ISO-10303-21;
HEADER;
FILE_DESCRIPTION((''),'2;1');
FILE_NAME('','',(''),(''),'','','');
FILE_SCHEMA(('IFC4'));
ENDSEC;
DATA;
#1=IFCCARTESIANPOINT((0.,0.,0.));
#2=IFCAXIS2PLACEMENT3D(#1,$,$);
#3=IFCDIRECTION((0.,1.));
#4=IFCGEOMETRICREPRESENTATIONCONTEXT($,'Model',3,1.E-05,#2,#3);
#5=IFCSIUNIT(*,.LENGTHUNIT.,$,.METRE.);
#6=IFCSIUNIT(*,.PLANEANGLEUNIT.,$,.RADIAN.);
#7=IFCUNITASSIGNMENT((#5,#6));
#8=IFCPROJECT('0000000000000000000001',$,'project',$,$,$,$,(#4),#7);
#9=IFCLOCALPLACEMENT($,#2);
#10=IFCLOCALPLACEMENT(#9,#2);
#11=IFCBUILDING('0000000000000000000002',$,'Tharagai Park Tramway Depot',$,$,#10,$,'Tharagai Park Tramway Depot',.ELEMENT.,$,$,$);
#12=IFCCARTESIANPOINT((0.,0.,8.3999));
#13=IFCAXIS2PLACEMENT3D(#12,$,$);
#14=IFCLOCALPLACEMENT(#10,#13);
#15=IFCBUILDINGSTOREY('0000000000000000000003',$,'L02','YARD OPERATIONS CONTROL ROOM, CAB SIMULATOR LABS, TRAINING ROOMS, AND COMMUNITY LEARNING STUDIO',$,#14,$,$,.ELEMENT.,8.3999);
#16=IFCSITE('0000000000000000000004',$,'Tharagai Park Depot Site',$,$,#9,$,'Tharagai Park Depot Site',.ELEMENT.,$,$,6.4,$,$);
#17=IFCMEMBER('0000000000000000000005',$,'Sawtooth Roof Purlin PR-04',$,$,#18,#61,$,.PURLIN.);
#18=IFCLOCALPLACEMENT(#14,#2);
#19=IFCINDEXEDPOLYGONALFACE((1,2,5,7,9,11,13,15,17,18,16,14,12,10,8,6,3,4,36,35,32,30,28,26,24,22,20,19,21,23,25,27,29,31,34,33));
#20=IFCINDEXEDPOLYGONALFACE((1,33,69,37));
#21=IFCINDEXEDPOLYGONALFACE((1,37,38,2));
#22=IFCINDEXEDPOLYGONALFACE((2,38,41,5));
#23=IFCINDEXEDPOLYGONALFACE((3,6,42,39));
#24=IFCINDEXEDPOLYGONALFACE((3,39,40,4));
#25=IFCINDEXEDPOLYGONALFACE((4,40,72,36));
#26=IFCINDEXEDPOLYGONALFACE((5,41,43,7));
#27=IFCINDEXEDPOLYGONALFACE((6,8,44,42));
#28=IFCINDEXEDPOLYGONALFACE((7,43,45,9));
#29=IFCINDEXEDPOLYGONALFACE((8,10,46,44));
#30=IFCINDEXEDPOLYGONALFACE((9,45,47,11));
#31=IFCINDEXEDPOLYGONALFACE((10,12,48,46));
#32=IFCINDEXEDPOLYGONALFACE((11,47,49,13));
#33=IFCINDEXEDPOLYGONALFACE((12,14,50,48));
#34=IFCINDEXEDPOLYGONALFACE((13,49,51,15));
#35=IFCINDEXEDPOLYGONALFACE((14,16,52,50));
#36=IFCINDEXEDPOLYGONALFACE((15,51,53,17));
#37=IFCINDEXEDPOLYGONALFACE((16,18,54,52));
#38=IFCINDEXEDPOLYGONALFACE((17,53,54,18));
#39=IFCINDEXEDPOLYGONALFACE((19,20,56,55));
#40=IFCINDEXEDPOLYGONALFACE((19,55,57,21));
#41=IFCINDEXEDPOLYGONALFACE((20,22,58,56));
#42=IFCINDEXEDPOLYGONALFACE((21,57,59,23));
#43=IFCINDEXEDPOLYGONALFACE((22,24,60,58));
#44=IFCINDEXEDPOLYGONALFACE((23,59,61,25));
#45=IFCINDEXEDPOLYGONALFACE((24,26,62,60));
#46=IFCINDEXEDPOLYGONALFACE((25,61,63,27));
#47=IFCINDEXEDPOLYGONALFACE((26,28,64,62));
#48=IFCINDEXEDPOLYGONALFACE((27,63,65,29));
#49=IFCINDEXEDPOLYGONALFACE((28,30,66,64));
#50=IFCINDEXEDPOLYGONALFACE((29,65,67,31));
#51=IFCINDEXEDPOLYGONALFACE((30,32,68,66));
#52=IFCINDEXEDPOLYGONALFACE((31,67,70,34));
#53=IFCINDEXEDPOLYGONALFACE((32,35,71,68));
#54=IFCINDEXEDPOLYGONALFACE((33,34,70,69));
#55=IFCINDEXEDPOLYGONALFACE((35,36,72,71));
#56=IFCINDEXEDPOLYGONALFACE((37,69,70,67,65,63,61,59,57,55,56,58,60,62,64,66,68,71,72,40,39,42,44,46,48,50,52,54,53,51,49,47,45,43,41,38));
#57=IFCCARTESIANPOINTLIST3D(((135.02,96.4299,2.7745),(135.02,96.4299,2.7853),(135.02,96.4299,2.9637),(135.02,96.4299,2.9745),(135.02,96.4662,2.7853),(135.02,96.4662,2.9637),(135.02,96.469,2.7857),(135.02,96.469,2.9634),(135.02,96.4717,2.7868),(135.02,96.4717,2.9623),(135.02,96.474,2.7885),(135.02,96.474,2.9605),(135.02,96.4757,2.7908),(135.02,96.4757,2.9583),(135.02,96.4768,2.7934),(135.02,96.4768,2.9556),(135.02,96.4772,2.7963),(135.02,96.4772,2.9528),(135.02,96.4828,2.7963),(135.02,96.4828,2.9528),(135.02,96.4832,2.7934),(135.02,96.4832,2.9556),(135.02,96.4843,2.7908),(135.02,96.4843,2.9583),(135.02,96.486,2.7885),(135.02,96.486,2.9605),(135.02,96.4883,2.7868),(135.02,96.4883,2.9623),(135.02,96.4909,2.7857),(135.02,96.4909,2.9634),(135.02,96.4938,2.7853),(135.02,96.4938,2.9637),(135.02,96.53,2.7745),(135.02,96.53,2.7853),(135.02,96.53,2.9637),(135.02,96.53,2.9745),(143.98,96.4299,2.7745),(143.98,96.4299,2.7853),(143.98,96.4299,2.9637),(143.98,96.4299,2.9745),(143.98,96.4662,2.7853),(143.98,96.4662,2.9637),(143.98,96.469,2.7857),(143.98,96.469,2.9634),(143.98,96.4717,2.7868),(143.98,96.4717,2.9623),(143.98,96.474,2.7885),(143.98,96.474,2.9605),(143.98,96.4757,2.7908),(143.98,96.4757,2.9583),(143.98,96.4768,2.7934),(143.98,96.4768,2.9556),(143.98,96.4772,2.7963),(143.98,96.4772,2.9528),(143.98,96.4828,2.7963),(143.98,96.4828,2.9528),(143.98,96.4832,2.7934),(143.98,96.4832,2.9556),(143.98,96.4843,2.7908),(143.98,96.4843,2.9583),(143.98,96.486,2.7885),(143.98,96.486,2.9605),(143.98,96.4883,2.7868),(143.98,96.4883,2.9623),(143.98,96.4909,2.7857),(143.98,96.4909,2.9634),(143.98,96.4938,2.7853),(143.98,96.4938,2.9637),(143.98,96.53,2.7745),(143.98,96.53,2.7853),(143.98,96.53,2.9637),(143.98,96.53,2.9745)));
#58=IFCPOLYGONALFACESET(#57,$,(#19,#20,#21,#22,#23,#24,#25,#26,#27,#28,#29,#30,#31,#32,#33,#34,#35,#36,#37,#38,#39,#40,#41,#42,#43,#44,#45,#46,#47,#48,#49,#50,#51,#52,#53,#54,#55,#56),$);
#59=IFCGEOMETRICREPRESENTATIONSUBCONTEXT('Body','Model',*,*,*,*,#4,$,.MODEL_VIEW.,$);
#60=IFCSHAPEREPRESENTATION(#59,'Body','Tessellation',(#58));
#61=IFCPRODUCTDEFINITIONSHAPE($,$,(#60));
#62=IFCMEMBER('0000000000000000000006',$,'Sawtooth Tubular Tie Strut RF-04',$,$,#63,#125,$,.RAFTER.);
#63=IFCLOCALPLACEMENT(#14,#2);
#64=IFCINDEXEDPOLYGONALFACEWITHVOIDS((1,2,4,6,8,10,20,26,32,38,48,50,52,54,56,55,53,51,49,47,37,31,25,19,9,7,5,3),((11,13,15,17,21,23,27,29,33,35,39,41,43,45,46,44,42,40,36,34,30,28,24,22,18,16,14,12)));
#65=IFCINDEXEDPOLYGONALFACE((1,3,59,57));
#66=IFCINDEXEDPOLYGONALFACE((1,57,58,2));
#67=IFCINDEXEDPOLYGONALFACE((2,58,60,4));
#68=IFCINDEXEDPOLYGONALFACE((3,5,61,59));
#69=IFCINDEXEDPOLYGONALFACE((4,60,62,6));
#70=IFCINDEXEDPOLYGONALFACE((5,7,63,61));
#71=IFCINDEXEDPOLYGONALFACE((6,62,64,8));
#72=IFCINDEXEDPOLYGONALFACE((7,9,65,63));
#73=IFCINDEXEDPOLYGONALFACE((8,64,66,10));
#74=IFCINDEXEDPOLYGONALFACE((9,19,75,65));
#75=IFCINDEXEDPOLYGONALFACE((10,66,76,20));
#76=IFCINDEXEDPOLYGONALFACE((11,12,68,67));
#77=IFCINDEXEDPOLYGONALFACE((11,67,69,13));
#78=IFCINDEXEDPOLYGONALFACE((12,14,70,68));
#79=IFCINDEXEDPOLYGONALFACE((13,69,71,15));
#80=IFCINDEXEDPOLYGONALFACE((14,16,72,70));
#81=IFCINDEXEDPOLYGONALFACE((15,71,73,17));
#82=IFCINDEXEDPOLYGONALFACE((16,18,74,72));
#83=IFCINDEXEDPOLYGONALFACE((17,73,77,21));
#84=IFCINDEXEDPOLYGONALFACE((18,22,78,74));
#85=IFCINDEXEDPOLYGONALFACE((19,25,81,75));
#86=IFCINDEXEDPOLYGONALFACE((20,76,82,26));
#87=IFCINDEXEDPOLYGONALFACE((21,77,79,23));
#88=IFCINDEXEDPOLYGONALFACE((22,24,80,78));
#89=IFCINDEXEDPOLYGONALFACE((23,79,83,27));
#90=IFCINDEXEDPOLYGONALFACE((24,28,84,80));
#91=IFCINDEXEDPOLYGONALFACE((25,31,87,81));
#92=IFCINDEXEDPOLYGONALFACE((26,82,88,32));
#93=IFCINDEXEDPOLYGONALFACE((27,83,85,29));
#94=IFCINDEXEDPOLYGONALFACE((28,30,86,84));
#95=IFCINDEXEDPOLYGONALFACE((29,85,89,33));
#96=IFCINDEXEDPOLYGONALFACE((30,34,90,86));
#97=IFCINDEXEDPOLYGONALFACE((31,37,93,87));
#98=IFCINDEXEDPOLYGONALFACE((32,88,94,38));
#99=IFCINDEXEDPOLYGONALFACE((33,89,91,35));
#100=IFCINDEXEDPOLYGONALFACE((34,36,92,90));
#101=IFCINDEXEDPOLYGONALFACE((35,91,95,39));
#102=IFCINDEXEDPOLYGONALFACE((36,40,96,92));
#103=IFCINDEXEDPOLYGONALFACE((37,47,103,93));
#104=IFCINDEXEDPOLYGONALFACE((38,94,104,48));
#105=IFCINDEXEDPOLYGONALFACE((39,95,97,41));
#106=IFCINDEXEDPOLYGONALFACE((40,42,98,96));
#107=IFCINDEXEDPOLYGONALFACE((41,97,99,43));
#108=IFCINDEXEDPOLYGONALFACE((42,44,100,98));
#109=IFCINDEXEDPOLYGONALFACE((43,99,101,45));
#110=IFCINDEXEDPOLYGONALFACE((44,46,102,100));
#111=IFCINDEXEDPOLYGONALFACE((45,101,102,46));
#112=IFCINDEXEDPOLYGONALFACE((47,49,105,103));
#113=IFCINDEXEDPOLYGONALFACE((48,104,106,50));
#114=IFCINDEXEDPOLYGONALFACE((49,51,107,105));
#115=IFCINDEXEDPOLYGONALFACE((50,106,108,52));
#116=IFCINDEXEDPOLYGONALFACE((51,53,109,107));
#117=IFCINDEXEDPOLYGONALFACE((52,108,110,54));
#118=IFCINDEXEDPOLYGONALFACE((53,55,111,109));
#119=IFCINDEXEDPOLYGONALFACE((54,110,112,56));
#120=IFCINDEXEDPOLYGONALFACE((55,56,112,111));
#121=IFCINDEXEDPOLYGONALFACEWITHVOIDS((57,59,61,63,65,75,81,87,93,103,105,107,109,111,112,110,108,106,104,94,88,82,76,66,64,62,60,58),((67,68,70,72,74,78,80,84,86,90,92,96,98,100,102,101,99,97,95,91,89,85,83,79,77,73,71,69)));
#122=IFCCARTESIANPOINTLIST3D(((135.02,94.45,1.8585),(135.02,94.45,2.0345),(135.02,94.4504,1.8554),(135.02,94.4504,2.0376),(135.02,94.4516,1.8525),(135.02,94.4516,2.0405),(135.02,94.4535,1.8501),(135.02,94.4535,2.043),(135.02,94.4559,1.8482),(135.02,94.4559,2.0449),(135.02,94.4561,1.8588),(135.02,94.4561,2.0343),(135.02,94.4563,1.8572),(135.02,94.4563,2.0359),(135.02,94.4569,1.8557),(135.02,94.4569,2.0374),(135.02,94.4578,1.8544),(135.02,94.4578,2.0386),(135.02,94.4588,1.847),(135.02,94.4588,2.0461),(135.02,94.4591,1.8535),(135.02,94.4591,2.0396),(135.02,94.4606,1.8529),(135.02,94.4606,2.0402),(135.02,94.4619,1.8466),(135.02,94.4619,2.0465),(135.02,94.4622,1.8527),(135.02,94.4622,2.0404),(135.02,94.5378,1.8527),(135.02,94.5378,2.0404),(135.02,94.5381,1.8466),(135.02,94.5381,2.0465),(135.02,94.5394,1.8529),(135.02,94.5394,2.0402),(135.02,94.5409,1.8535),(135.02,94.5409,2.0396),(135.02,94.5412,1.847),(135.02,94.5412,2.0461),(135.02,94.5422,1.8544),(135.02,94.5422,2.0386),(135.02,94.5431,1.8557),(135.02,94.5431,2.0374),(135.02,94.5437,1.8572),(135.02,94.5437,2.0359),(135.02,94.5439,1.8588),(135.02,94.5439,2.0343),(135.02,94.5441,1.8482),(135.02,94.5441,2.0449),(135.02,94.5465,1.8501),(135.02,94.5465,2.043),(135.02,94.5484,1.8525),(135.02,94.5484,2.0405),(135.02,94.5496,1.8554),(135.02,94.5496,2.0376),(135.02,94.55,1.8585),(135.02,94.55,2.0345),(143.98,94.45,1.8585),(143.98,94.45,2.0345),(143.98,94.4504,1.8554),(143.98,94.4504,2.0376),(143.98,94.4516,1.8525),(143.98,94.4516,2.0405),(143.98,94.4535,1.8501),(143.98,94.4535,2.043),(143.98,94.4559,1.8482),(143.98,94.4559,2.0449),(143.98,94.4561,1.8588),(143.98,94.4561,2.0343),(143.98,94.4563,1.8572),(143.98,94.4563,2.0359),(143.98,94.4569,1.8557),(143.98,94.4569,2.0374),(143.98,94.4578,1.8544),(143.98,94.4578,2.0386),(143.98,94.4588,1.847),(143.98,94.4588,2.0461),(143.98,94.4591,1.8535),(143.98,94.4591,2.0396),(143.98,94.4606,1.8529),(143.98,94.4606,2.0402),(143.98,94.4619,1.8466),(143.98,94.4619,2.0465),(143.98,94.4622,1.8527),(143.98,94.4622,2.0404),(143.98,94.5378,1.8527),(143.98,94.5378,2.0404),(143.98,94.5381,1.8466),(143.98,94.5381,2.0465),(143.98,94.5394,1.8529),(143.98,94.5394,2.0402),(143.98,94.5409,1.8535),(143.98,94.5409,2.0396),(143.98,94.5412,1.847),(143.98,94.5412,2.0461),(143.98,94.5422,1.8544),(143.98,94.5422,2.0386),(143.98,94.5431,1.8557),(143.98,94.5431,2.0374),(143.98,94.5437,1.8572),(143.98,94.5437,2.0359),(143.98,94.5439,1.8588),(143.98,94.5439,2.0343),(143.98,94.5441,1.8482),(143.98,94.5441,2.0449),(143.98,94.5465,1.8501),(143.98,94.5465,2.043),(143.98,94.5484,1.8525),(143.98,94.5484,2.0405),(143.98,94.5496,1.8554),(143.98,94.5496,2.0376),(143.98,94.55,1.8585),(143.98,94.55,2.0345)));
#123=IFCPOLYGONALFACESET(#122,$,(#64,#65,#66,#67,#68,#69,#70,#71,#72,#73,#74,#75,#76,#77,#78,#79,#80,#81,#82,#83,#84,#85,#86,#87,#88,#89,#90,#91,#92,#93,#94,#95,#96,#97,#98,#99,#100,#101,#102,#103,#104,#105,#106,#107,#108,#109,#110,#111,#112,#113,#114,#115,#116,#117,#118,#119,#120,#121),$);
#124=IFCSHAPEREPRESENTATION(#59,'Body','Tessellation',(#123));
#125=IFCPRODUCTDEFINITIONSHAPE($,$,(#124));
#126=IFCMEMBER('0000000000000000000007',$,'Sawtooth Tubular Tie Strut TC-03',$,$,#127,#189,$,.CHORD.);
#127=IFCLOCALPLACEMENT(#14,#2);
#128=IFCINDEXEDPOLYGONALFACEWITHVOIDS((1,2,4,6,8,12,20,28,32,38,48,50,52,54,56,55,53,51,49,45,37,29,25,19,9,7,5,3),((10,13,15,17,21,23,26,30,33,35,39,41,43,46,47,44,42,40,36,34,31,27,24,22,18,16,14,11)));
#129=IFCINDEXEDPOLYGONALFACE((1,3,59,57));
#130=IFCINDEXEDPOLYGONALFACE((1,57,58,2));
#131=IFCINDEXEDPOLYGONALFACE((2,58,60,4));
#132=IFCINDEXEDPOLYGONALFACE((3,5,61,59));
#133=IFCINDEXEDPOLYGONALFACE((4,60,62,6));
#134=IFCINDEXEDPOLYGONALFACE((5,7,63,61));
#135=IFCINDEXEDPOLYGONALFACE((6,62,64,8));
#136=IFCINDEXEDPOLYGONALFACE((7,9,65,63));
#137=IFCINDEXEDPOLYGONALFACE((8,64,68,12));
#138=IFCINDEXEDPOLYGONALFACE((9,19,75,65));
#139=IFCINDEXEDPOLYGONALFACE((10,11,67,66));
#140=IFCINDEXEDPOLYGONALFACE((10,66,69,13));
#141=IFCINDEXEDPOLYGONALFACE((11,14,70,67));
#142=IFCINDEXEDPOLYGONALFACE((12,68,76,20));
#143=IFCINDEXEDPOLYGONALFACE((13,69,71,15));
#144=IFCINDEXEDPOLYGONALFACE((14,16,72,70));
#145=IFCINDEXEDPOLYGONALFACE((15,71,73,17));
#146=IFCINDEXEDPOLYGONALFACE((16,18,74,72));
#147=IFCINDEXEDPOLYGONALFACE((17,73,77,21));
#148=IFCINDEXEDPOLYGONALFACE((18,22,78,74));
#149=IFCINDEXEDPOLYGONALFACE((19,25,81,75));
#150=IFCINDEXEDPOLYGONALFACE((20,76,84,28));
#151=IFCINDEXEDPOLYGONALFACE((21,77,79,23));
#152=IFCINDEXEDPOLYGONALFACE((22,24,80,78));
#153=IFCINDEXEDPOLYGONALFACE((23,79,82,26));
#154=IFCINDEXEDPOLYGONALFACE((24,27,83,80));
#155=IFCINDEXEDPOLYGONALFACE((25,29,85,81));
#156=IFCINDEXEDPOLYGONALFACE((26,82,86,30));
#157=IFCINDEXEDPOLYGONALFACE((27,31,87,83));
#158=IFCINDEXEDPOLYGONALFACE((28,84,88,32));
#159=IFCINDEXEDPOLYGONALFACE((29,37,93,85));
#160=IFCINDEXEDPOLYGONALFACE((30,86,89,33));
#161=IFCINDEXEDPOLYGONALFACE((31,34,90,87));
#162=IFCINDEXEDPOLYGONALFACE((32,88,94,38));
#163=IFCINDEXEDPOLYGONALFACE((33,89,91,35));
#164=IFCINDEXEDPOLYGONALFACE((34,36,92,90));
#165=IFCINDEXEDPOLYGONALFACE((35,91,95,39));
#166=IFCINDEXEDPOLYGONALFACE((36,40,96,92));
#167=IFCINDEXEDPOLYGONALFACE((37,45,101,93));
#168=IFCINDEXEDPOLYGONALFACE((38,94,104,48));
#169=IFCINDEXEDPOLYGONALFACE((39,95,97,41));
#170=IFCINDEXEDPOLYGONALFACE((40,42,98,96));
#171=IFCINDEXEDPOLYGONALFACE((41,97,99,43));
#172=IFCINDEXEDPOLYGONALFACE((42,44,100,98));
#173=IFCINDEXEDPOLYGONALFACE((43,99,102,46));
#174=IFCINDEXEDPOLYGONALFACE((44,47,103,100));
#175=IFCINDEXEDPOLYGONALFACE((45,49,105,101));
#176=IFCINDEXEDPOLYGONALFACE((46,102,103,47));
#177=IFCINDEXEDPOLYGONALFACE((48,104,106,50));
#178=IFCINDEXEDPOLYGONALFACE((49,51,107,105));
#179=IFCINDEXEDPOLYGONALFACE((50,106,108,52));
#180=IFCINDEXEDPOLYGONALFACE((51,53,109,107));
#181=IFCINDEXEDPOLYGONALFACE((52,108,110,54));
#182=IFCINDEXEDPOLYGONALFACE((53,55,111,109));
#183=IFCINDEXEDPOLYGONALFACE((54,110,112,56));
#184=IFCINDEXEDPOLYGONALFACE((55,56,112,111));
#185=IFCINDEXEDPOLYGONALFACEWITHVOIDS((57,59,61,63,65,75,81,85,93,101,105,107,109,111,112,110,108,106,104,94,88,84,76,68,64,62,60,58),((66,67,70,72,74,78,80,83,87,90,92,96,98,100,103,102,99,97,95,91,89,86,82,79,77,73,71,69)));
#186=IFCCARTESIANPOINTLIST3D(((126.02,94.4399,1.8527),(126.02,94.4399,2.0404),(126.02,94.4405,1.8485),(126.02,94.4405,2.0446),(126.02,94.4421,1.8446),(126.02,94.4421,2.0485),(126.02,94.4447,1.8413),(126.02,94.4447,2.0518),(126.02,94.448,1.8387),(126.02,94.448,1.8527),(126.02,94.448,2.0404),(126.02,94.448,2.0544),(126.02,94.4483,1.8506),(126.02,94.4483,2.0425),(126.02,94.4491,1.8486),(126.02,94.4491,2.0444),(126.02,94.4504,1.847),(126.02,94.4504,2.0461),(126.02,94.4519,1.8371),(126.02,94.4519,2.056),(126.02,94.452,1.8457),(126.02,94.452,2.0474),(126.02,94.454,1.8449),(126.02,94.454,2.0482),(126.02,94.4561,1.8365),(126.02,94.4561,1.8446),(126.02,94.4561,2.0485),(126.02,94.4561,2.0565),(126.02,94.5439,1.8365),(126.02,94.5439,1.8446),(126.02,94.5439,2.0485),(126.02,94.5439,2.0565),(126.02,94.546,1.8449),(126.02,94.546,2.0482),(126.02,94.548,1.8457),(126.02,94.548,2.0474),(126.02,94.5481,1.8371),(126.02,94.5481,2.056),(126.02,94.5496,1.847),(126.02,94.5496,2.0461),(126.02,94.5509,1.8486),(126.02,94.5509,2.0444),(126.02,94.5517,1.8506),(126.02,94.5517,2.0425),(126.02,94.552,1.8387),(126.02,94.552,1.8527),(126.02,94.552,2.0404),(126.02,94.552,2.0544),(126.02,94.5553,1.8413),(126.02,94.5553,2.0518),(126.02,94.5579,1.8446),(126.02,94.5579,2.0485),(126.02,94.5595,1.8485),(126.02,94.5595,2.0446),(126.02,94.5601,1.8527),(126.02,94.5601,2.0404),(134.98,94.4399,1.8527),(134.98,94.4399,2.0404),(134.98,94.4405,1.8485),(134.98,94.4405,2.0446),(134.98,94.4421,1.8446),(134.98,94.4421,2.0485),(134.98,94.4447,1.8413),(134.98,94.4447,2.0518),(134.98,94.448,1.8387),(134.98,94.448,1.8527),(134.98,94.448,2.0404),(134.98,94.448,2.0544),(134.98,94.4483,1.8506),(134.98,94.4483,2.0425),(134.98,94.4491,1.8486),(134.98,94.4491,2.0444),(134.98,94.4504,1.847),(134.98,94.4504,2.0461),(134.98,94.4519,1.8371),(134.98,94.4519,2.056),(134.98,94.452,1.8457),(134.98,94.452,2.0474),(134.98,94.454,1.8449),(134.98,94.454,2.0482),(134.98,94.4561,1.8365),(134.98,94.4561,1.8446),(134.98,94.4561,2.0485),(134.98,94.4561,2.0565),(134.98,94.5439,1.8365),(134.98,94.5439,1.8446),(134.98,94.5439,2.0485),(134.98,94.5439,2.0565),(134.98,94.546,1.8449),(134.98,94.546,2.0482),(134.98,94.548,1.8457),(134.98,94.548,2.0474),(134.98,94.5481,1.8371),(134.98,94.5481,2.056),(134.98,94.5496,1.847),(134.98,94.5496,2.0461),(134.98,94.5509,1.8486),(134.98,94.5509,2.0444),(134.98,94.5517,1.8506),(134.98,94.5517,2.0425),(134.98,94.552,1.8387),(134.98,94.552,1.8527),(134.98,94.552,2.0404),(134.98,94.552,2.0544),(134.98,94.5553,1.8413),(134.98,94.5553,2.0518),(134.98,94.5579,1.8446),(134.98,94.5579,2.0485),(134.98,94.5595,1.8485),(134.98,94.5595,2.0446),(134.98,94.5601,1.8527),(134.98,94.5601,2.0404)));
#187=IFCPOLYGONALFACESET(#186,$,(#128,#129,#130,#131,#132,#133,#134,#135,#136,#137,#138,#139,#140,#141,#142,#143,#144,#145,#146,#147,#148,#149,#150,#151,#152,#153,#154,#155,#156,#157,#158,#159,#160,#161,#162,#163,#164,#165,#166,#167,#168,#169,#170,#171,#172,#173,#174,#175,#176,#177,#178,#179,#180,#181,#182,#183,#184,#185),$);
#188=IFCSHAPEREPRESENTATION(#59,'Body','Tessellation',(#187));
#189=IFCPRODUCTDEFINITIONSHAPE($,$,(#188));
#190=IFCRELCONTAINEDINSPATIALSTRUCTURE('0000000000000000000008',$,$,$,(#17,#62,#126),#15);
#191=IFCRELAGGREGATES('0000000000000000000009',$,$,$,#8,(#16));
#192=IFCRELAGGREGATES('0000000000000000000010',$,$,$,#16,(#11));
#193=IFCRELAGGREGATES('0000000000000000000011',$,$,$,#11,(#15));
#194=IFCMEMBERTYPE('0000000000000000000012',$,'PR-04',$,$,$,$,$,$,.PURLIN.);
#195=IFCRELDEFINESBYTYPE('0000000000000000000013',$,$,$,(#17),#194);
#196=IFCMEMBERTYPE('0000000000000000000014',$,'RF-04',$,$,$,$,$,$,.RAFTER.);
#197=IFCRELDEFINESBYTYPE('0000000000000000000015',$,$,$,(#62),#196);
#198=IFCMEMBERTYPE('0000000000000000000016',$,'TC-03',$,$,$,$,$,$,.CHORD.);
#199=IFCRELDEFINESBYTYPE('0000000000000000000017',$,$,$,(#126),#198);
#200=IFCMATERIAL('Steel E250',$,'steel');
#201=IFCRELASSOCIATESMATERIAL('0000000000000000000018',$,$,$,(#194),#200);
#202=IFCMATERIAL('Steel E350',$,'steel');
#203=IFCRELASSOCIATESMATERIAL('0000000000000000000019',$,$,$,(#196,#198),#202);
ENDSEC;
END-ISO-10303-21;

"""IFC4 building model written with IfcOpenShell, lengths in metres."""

from ifc_helpers import new_model, si_unit, direction, frame, origin, origin_2d, place, context, subcontext, project, spatial, hollow_rectangle, i_section, extrude, material, material_profile, profile_set, type_object, element, save


model = new_model("IFC4")

# Units and contexts
model_context = context("Model", 3, precision=1e-05, world=origin(), true_north=direction((0.0, 1.0)))
body_context = subcontext(model_context, "Body", "Model", "MODEL_VIEW")
ifc_project = project(units=[si_unit("LENGTHUNIT", "METRE"), si_unit("PLANEANGLEUNIT", "RADIAN")], contexts=[model_context])

# Site, building, storey
site_placement = place(None, origin())
site = spatial("IfcSite", under=ifc_project, at=site_placement, Name="Tharagai Park Depot Site", LongName="Tharagai Park Depot Site", CompositionType="ELEMENT", RefElevation=6.4)
building_placement = place(site_placement, origin())
building = spatial("IfcBuilding", under=site, at=building_placement, Name="Tharagai Park Tramway Depot", LongName="Tharagai Park Tramway Depot", CompositionType="ELEMENT")
storey_placement = place(building_placement, frame((0.0, 0.0, 8.3999)))
storey = spatial("IfcBuildingStorey", under=building, at=storey_placement, Name="L02", Description="YARD OPERATIONS CONTROL ROOM, CAB SIMULATOR LABS, TRAINING ROOMS, AND COMMUNITY LEARNING STUDIO", CompositionType="ELEMENT", Elevation=8.3999)

# Shared definitions
ifc_material_1 = material(Name="Steel E350", Category="steel")

# Members
ifc_material_2 = material(Name="Steel E250", Category="steel")
ifc_material_profile_1 = material_profile(ifc_material_2, i_section(OverallWidth=0.1001, OverallDepth=0.2, WebThickness=0.0056, FlangeThickness=0.0107, FilletRadius=0.011, at=origin_2d()), Name="ISMB 200")
ifc_profile_set_1 = profile_set([ifc_material_profile_1], Name="Steel E250")
member_type_1 = type_object("IfcMemberType", Name="PR-04", PredefinedType="PURLIN", material=ifc_profile_set_1)
for number, where, z_axis, x_axis, name in (
    (1, (135.02, 96.48, 2.8745), (1.0, 0.0, 0.0), (0.0, 1.0, 0.0), "Sawtooth Roof Purlin PR-04"),
):
    element("IfcMember", number, at=place(storey_placement, frame(where, z_axis=z_axis, x_axis=x_axis)), inside=storey, type_object=member_type_1, Name=name, PredefinedType="PURLIN", context=body_context, shape_type="SweptSolid", body=[
        extrude(i_section(OverallWidth=0.1001, OverallDepth=0.2, WebThickness=0.0056, FlangeThickness=0.0107, FilletRadius=0.011, at=origin_2d()), origin(), (0.0, 0.0, 1.0), 8.96),
    ])
ifc_material_profile_2 = material_profile(ifc_material_1, hollow_rectangle(XDim=0.1001, YDim=0.2, WallThickness=0.0061, InnerFilletRadius=0.0061, OuterFilletRadius=0.012, at=origin_2d()), Name="RHS 200x100x6")
ifc_profile_set_2 = profile_set([ifc_material_profile_2], Name="Steel E350")
member_type_2 = type_object("IfcMemberType", Name="RF-04", PredefinedType="RAFTER", material=ifc_profile_set_2)
member_1_placement = place(storey_placement, frame((135.02, 94.5, 1.9465), z_axis=(1.0, 0.0, 0.0), x_axis=(0.0, 1.0, 0.0)))
element("IfcMember", 2, at=member_1_placement, inside=storey, type_object=member_type_2, Name="Sawtooth Tubular Tie Strut RF-04", PredefinedType="RAFTER", context=body_context, shape_type="SweptSolid", body=[
    extrude(hollow_rectangle(XDim=0.1001, YDim=0.2, WallThickness=0.0061, InnerFilletRadius=0.0061, OuterFilletRadius=0.012, at=origin_2d()), origin(), (0.0, 0.0, 1.0), 8.96),
])
ifc_material_profile_3 = material_profile(ifc_material_1, hollow_rectangle(XDim=0.1201, YDim=0.22, WallThickness=0.0081, InnerFilletRadius=0.0081, OuterFilletRadius=0.0161, at=origin_2d()), Name="RHS 220x120x8")
ifc_profile_set_3 = profile_set([ifc_material_profile_3], Name="Steel E350")
member_type_3 = type_object("IfcMemberType", Name="TC-03", PredefinedType="CHORD", material=ifc_profile_set_3)
member_2_placement = place(storey_placement, frame((126.02, 94.5, 1.9465), z_axis=(1.0, 0.0, 0.0), x_axis=(0.0, 1.0, 0.0)))
element("IfcMember", 3, at=member_2_placement, inside=storey, type_object=member_type_3, Name="Sawtooth Tubular Tie Strut TC-03", PredefinedType="CHORD", context=body_context, shape_type="SweptSolid", body=[
    extrude(hollow_rectangle(XDim=0.1201, YDim=0.22, WallThickness=0.0081, InnerFilletRadius=0.0081, OuterFilletRadius=0.0161, at=origin_2d()), origin(), (0.0, 0.0, 1.0), 8.96),
])

save(model, "model.ifc")
